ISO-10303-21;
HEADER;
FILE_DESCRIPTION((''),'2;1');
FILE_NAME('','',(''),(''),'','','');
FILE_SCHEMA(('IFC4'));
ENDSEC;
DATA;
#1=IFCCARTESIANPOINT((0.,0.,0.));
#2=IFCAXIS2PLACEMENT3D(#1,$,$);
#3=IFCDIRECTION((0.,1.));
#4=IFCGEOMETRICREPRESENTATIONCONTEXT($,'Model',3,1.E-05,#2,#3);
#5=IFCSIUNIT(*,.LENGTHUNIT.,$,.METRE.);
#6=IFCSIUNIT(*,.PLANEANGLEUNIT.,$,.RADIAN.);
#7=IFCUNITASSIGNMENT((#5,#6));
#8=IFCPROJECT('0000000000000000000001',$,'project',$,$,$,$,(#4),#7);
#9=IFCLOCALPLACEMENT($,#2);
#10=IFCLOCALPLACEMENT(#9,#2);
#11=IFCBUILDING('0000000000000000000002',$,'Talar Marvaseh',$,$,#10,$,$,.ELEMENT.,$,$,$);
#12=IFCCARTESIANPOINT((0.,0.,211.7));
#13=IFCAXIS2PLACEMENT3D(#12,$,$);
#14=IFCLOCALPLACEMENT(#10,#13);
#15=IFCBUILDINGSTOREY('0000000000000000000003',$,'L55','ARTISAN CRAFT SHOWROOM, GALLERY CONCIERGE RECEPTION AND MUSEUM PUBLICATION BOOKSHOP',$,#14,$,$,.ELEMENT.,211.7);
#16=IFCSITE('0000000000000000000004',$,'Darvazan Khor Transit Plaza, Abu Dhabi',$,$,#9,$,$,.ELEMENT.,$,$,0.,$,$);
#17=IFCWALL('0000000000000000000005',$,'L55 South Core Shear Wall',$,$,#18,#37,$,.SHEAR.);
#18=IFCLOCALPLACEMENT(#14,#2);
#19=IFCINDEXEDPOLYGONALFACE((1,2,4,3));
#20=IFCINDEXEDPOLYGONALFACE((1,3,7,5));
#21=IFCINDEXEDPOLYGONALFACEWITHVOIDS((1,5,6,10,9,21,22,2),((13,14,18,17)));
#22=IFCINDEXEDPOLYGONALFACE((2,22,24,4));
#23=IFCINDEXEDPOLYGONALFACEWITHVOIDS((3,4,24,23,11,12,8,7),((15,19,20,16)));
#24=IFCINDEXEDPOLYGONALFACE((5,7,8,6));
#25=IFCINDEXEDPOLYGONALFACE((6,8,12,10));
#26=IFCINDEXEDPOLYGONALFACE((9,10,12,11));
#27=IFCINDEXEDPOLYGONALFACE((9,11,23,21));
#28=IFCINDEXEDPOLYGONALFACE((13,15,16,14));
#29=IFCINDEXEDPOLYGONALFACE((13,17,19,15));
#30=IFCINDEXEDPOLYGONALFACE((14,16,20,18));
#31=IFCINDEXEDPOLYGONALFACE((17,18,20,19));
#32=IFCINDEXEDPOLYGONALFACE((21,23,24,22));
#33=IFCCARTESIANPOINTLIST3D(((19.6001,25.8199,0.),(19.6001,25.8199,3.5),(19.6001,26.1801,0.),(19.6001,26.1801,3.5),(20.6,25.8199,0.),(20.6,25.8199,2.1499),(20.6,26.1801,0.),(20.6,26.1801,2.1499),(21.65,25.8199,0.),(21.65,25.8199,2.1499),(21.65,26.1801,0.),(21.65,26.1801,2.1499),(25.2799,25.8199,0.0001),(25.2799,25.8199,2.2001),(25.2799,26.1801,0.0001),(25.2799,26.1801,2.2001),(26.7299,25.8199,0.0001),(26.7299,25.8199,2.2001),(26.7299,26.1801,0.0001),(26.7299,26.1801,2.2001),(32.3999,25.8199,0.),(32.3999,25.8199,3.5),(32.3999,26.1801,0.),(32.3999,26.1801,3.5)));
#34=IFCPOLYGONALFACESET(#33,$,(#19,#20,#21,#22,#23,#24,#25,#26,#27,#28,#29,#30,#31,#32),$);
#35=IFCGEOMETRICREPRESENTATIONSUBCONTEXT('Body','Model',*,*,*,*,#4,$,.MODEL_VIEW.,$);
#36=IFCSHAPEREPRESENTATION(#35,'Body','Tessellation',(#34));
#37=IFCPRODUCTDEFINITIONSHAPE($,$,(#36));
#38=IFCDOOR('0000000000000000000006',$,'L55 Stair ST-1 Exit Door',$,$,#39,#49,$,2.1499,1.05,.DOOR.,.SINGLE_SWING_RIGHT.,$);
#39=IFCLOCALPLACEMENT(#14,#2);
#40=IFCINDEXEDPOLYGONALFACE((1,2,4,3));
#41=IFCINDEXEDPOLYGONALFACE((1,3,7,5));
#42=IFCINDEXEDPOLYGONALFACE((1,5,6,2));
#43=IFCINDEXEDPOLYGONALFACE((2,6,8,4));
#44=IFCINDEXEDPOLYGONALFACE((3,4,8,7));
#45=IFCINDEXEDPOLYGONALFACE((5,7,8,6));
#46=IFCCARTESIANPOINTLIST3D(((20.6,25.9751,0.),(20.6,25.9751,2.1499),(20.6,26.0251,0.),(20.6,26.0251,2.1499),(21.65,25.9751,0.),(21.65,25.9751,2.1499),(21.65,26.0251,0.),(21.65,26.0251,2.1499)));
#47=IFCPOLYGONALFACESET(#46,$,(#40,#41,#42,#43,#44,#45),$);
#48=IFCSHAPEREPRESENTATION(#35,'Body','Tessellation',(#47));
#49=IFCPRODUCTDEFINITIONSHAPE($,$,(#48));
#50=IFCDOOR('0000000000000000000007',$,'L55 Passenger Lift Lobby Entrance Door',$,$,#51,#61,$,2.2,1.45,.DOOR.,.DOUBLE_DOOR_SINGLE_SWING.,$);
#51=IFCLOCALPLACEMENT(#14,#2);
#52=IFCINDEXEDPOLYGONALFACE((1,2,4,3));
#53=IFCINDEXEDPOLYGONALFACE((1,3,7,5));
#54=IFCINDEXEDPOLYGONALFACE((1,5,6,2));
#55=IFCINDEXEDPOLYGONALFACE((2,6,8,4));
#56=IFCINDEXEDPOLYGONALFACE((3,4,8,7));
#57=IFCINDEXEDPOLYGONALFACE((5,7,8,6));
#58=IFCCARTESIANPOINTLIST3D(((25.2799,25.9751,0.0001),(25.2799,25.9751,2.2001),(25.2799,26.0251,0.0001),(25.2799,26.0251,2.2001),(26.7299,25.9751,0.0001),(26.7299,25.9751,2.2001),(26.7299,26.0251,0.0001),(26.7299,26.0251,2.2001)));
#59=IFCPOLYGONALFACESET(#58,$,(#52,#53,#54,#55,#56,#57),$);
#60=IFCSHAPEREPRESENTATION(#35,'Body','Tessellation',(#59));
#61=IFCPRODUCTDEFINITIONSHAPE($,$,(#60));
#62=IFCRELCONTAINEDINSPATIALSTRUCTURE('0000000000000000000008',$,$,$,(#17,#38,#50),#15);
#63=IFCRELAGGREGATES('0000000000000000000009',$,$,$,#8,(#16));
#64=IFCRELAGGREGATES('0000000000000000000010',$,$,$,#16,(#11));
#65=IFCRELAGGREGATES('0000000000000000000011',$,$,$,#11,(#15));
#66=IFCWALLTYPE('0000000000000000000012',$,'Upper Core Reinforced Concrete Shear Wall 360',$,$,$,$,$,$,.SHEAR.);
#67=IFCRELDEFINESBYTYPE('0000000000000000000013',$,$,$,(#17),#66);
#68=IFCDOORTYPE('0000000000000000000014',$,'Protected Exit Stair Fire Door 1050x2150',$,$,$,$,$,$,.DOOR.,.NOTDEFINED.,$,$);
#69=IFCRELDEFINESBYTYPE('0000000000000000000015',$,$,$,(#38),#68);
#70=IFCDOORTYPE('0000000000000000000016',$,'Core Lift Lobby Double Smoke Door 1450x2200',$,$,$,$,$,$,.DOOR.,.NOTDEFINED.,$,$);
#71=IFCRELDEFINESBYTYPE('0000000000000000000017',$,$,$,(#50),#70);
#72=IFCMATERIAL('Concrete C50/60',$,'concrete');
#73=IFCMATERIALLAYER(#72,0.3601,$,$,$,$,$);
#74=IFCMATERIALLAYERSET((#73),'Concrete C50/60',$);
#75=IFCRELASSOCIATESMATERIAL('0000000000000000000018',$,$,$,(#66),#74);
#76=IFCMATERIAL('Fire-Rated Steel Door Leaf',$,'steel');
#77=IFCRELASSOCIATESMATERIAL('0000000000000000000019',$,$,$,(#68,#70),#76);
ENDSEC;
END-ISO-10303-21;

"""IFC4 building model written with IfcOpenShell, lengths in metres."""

from ifc_helpers import new_model, si_unit, direction, frame, frame_2d, origin, place, context, subcontext, project, spatial, rectangle, extrude, source, transform, mapped, material, layer, layer_set, type_object, type_shapes, element, fill, save


model = new_model("IFC4")

# Units and contexts
model_context = context("Model", 3, precision=1e-05, world=origin(), true_north=direction((0.0, 1.0)))
body_context = subcontext(model_context, "Body", "Model", "MODEL_VIEW")
ifc_project = project(units=[si_unit("LENGTHUNIT", "METRE"), si_unit("PLANEANGLEUNIT", "RADIAN")], contexts=[model_context])

# Site, building, storey
site_placement = place(None, origin())
site = spatial("IfcSite", under=ifc_project, at=site_placement, Name="Darvazan Khor Transit Plaza, Abu Dhabi", CompositionType="ELEMENT", RefElevation=0.0)
building_placement = place(site_placement, origin())
building = spatial("IfcBuilding", under=site, at=building_placement, Name="Talar Marvaseh", CompositionType="ELEMENT")
storey_placement = place(building_placement, frame((0.0, 0.0, 211.7)))
storey = spatial("IfcBuildingStorey", under=building, at=storey_placement, Name="L55", Description="ARTISAN CRAFT SHOWROOM, GALLERY CONCIERGE RECEPTION AND MUSEUM PUBLICATION BOOKSHOP", CompositionType="ELEMENT", Elevation=211.7)

# Wall, openings, doors
ifc_material_1 = material(Name="Concrete C50/60", Category="concrete")
ifc_layer_1 = layer(ifc_material_1, 0.3601)
ifc_layer_set_1 = layer_set([ifc_layer_1], Name="Concrete C50/60")
wall_type_1 = type_object("IfcWallType", Name="Upper Core Reinforced Concrete Shear Wall 360", PredefinedType="SHEAR", material=ifc_layer_set_1)
wall_1_placement = place(storey_placement, frame((32.3999, 26.0, 0.0), z_axis=(0.0, 0.0, 1.0), x_axis=(-1.0, 0.0, 0.0)))
wall_1 = element("IfcWall", 1, at=wall_1_placement, inside=storey, type_object=wall_type_1, Name="L55 South Core Shear Wall", PredefinedType="SHEAR", context=body_context, shape_type="SweptSolid", body=[
    extrude(rectangle(XDim=12.7998, YDim=0.3601, at=frame_2d((6.3999, 0.0))), origin(), (0.0, 0.0, 1.0), 3.5),
])
opening_1_placement = place(wall_1_placement, frame((10.75, 0.0, 0.0)))
opening_1 = element("IfcOpeningElement", 2, at=opening_1_placement, cuts=wall_1, PredefinedType="OPENING", context=body_context, shape_type="SweptSolid", body=[
    extrude(rectangle(XDim=1.05, YDim=2.1499, at=frame_2d((0.5249, 1.075))), frame((0.0, 0.1899, 0.0), z_axis=(0.0, -1.0, 0.0), x_axis=(1.0, 0.0, 0.0)), (0.0, 0.0, 1.0), 0.3801),
])
opening_2_placement = place(wall_1_placement, frame((5.6699, 0.0, 0.0)))
opening_2 = element("IfcOpeningElement", 3, at=opening_2_placement, cuts=wall_1, PredefinedType="OPENING", context=body_context, shape_type="SweptSolid", body=[
    extrude(rectangle(XDim=1.45, YDim=2.2, at=frame_2d((0.7251, 1.1001))), frame((0.0, 0.1899, 0.0), z_axis=(0.0, -1.0, 0.0), x_axis=(1.0, 0.0, 0.0)), (0.0, 0.0, 1.0), 0.3801),
])
ifc_material_2 = material(Name="Fire-Rated Steel Door Leaf", Category="steel")
door_type_1 = type_object("IfcDoorType", Name="Protected Exit Stair Fire Door 1050x2150", OperationType="NOTDEFINED", PredefinedType="DOOR", material=ifc_material_2)
shared_shape_1 = source(origin(), body_context, "Body", "SweptSolid", [
    extrude(rectangle(XDim=1.05, YDim=2.1499, at=frame_2d((0.5249, 1.075))), frame((0.0, 0.0249, 0.0), z_axis=(0.0, -1.0, 0.0), x_axis=(1.0, 0.0, 0.0)), (0.0, 0.0, 1.0), 0.05),
])
type_shapes(door_type_1, [shared_shape_1])
door_1_placement = place(opening_1_placement, origin())
door_1 = element("IfcDoor", 4, at=door_1_placement, inside=storey, type_object=door_type_1, Name="L55 Stair ST-1 Exit Door", OperationType="SINGLE_SWING_RIGHT", OverallHeight=2.1499, OverallWidth=1.05, PredefinedType="DOOR", context=body_context, shape_type="MappedRepresentation", body=[
    mapped(shared_shape_1, transform((0.0, 0.0, 0.0), x_axis=(1.0, 0.0, 0.0), y_axis=(0.0, 1.0, 0.0), z_axis=(0.0, 0.0, 1.0), scale=1.0)),
])
fill(opening_1, door_1)
door_type_2 = type_object("IfcDoorType", Name="Core Lift Lobby Double Smoke Door 1450x2200", OperationType="NOTDEFINED", PredefinedType="DOOR", material=ifc_material_2)
shared_shape_2 = source(origin(), body_context, "Body", "SweptSolid", [
    extrude(rectangle(XDim=1.45, YDim=2.2, at=frame_2d((0.7251, 1.1001))), frame((0.0, 0.0249, 0.0), z_axis=(0.0, -1.0, 0.0), x_axis=(1.0, 0.0, 0.0)), (0.0, 0.0, 1.0), 0.05),
])
type_shapes(door_type_2, [shared_shape_2])
door_2_placement = place(opening_2_placement, origin())
door_2 = element("IfcDoor", 5, at=door_2_placement, inside=storey, type_object=door_type_2, Name="L55 Passenger Lift Lobby Entrance Door", OperationType="DOUBLE_DOOR_SINGLE_SWING", OverallHeight=2.2, OverallWidth=1.45, PredefinedType="DOOR", context=body_context, shape_type="MappedRepresentation", body=[
    mapped(shared_shape_2, transform((0.0, 0.0, 0.0), x_axis=(1.0, 0.0, 0.0), y_axis=(0.0, 1.0, 0.0), z_axis=(0.0, 0.0, 1.0), scale=1.0)),
])
fill(opening_2, door_2)

save(model, "model.ifc")
